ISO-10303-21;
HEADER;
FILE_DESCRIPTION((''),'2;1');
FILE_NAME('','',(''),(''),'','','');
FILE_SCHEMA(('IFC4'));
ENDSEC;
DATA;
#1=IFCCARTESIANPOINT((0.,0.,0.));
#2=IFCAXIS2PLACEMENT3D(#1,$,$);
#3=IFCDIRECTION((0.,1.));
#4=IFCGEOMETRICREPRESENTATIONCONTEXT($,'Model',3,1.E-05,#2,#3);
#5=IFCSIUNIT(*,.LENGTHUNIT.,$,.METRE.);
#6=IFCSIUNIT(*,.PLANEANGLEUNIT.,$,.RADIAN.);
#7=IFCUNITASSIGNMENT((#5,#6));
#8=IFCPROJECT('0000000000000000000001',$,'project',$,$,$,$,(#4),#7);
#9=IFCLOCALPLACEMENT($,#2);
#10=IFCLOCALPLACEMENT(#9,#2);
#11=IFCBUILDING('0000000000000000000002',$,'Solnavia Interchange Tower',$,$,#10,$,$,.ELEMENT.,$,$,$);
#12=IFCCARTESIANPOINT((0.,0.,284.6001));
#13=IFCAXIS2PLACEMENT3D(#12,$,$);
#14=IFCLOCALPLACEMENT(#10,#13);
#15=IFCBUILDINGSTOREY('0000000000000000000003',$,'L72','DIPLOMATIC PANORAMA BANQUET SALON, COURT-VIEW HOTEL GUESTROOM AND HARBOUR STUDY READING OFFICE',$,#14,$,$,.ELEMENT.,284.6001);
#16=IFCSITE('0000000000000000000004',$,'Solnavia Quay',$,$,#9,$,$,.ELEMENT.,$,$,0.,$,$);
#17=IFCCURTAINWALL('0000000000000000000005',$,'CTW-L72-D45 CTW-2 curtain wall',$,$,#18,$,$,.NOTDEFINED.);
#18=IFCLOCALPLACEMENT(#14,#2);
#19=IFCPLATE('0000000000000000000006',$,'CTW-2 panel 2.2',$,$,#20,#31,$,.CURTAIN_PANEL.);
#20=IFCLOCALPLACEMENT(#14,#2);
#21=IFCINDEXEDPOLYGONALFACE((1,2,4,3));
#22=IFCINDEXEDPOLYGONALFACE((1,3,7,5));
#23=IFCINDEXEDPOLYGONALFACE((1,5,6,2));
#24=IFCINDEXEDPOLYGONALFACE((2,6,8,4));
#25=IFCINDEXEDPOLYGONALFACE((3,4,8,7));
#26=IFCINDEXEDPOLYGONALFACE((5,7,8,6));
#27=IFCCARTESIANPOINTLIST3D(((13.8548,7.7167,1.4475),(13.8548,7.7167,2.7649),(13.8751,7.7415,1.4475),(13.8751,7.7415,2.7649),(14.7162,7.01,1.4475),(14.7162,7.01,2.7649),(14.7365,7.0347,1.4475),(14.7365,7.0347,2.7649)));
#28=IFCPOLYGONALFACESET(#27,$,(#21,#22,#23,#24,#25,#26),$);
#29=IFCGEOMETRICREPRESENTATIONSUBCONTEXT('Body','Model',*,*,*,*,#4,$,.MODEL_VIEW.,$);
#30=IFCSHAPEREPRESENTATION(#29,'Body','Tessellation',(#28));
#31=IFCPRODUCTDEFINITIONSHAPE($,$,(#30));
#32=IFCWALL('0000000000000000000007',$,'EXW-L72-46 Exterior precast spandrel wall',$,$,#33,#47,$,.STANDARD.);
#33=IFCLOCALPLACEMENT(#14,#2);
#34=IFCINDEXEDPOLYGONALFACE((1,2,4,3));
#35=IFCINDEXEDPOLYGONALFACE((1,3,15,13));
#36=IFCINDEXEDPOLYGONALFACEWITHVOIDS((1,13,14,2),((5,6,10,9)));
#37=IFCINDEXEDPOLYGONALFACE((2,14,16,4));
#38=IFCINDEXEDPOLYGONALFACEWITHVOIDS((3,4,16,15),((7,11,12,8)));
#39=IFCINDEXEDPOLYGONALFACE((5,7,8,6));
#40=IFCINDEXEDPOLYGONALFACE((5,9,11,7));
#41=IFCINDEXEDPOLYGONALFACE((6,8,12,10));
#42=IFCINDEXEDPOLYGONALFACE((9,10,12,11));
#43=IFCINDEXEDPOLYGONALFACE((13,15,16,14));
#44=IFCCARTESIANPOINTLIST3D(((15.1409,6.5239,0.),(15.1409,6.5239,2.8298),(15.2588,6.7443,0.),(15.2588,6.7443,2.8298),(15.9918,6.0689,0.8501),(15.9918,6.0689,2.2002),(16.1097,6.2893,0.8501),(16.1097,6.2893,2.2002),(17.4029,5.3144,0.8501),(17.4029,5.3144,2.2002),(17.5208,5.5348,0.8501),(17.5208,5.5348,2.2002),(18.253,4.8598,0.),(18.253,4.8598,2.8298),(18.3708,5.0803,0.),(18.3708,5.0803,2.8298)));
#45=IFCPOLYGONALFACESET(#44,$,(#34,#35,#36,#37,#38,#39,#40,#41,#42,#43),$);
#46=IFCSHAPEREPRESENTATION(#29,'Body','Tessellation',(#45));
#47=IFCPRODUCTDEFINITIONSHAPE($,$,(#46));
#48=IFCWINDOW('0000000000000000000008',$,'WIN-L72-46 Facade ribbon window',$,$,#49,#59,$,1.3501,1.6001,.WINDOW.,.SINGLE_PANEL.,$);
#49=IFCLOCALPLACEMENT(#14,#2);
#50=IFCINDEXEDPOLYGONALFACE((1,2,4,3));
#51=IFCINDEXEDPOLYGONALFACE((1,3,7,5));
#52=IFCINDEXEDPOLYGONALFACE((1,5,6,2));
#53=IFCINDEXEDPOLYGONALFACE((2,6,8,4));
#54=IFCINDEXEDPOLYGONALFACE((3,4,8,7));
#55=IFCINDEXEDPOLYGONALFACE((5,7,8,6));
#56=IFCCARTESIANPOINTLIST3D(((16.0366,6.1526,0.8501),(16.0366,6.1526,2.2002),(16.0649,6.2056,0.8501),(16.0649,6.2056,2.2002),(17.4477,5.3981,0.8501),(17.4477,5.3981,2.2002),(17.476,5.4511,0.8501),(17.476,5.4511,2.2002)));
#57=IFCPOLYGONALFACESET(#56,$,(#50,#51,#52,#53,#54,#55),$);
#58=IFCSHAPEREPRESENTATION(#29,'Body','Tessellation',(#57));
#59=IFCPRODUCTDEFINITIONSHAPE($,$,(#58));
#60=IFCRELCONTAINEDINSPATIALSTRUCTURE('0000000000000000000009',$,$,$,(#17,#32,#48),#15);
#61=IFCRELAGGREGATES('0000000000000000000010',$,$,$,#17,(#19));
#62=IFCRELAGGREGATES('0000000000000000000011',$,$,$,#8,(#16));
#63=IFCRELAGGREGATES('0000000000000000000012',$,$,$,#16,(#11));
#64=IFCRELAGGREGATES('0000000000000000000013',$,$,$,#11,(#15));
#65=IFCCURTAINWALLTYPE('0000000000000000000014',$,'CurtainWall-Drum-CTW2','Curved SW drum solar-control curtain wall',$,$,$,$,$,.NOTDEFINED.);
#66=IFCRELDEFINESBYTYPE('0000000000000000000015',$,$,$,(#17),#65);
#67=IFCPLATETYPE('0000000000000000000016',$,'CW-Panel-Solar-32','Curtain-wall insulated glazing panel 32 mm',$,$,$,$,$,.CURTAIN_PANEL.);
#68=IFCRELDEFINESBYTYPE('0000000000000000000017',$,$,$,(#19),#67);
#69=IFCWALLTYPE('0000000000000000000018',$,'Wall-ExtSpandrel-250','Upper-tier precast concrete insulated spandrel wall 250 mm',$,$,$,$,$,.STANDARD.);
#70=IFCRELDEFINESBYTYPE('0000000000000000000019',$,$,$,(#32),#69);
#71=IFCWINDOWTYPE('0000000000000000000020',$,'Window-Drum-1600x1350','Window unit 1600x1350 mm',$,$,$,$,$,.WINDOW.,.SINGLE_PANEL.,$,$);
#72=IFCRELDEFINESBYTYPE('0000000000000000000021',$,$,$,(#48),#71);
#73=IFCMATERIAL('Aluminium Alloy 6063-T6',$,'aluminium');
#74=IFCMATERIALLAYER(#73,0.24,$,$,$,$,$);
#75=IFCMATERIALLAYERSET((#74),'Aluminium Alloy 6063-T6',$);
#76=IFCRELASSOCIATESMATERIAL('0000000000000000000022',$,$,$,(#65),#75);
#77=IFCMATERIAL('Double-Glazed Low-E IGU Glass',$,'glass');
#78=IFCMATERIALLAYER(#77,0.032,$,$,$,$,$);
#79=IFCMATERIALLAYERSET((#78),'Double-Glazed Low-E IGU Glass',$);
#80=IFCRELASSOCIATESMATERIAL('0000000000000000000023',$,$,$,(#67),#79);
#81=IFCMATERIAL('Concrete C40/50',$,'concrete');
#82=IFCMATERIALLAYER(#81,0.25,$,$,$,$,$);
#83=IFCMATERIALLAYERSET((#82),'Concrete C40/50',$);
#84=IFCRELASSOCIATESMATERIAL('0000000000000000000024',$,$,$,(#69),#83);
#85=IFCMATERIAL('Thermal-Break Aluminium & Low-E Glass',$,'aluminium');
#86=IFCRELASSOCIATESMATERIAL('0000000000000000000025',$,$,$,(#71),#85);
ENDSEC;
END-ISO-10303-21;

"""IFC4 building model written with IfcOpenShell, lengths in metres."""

from ifc_helpers import new_model, si_unit, direction, frame, frame_2d, origin, origin_2d, place, context, subcontext, project, spatial, rectangle, extrude, material, layer, layer_set, type_object, element, fill, aggregate, save


model = new_model("IFC4")

# Units and contexts
model_context = context("Model", 3, precision=1e-05, world=origin(), true_north=direction((0.0, 1.0)))
body_context = subcontext(model_context, "Body", "Model", "MODEL_VIEW")
ifc_project = project(units=[si_unit("LENGTHUNIT", "METRE"), si_unit("PLANEANGLEUNIT", "RADIAN")], contexts=[model_context])

# Site, building, storey
site_placement = place(None, origin())
site = spatial("IfcSite", under=ifc_project, at=site_placement, Name="Solnavia Quay", CompositionType="ELEMENT", RefElevation=0.0)
building_placement = place(site_placement, origin())
building = spatial("IfcBuilding", under=site, at=building_placement, Name="Solnavia Interchange Tower", CompositionType="ELEMENT")
storey_placement = place(building_placement, frame((0.0, 0.0, 284.6001)))
storey = spatial("IfcBuildingStorey", under=building, at=storey_placement, Name="L72", Description="DIPLOMATIC PANORAMA BANQUET SALON, COURT-VIEW HOTEL GUESTROOM AND HARBOUR STUDY READING OFFICE", CompositionType="ELEMENT", Elevation=284.6001)

# Curtain wall
ifc_material_1 = material(Name="Aluminium Alloy 6063-T6", Category="aluminium")
ifc_layer_1 = layer(ifc_material_1, 0.24)
ifc_layer_set_1 = layer_set([ifc_layer_1], Name="Aluminium Alloy 6063-T6")
curtain_wall_type = type_object("IfcCurtainWallType", Name="CurtainWall-Drum-CTW2", Description="Curved SW drum solar-control curtain wall", PredefinedType="NOTDEFINED", material=ifc_layer_set_1)
curtain_wall_1_placement = place(storey_placement, origin())
curtain_wall_1 = element("IfcCurtainWall", 1, at=curtain_wall_1_placement, inside=storey, type_object=curtain_wall_type, Name="CTW-L72-D45 CTW-2 curtain wall", PredefinedType="NOTDEFINED")

# Plate
ifc_material_2 = material(Name="Double-Glazed Low-E IGU Glass", Category="glass")
ifc_layer_2 = layer(ifc_material_2, 0.032)
ifc_layer_set_2 = layer_set([ifc_layer_2], Name="Double-Glazed Low-E IGU Glass")
plate_type = type_object("IfcPlateType", Name="CW-Panel-Solar-32", Description="Curtain-wall insulated glazing panel 32 mm", PredefinedType="CURTAIN_PANEL", material=ifc_layer_set_2)
plate_1_placement = place(storey_placement, frame((14.2957, 7.3757, 1.4475), z_axis=(0.0, 0.0, 1.0), x_axis=(0.773103, -0.63428, 0.0)))
plate_1 = element("IfcPlate", 2, at=plate_1_placement, type_object=plate_type, Name="CTW-2 panel 2.2", PredefinedType="CURTAIN_PANEL", context=body_context, shape_type="SweptSolid", body=[
    extrude(rectangle(XDim=1.1143, YDim=0.032, at=origin_2d()), origin(), (0.0, 0.0, 1.0), 1.3174),
])
aggregate(curtain_wall_1, [plate_1])

# Wall, opening, window
ifc_material_3 = material(Name="Concrete C40/50", Category="concrete")
ifc_layer_3 = layer(ifc_material_3, 0.25)
ifc_layer_set_3 = layer_set([ifc_layer_3], Name="Concrete C40/50")
wall_type = type_object("IfcWallType", Name="Wall-ExtSpandrel-250", Description="Upper-tier precast concrete insulated spandrel wall 250 mm", PredefinedType="STANDARD", material=ifc_layer_set_3)
wall_placement = place(storey_placement, frame((18.312, 4.97, 0.0), z_axis=(0.0, 0.0, 1.0), x_axis=(-0.881847, 0.471536, 0.0)))
wall = element("IfcWall", 3, at=wall_placement, inside=storey, type_object=wall_type, Name="EXW-L72-46 Exterior precast spandrel wall", PredefinedType="STANDARD", context=body_context, shape_type="SweptSolid", body=[
    extrude(rectangle(XDim=3.5291, YDim=0.25, at=frame_2d((1.7646, 0.0))), origin(), (0.0, 0.0, 1.0), 2.8298),
])
opening_placement = place(wall_placement, frame((0.9641, 0.0, 0.8501)))
opening = element("IfcOpeningElement", 4, at=opening_placement, cuts=wall, PredefinedType="OPENING", context=body_context, shape_type="SweptSolid", body=[
    extrude(rectangle(XDim=1.6001, YDim=1.3501, at=frame_2d((0.8, 0.675))), frame((0.0, 0.135, 0.0), z_axis=(0.0, -1.0, 0.0), x_axis=(1.0, 0.0, 0.0)), (0.0, 0.0, 1.0), 0.27),
])
ifc_material_4 = material(Name="Thermal-Break Aluminium & Low-E Glass", Category="aluminium")
window_type = type_object("IfcWindowType", Name="Window-Drum-1600x1350", Description="Window unit 1600x1350 mm", PartitioningType="SINGLE_PANEL", PredefinedType="WINDOW", material=ifc_material_4)
window_placement = place(opening_placement, origin())
window = element("IfcWindow", 5, at=window_placement, inside=storey, type_object=window_type, Name="WIN-L72-46 Facade ribbon window", OverallHeight=1.3501, OverallWidth=1.6001, PartitioningType="SINGLE_PANEL", PredefinedType="WINDOW", context=body_context, shape_type="SweptSolid", body=[
    extrude(rectangle(XDim=1.6001, YDim=1.3501, at=frame_2d((0.8, 0.675))), frame((0.0, 0.03, 0.0), z_axis=(0.0, -1.0, 0.0), x_axis=(1.0, 0.0, 0.0)), (0.0, 0.0, 1.0), 0.0601),
])
fill(opening, window)

save(model, "model.ifc")
